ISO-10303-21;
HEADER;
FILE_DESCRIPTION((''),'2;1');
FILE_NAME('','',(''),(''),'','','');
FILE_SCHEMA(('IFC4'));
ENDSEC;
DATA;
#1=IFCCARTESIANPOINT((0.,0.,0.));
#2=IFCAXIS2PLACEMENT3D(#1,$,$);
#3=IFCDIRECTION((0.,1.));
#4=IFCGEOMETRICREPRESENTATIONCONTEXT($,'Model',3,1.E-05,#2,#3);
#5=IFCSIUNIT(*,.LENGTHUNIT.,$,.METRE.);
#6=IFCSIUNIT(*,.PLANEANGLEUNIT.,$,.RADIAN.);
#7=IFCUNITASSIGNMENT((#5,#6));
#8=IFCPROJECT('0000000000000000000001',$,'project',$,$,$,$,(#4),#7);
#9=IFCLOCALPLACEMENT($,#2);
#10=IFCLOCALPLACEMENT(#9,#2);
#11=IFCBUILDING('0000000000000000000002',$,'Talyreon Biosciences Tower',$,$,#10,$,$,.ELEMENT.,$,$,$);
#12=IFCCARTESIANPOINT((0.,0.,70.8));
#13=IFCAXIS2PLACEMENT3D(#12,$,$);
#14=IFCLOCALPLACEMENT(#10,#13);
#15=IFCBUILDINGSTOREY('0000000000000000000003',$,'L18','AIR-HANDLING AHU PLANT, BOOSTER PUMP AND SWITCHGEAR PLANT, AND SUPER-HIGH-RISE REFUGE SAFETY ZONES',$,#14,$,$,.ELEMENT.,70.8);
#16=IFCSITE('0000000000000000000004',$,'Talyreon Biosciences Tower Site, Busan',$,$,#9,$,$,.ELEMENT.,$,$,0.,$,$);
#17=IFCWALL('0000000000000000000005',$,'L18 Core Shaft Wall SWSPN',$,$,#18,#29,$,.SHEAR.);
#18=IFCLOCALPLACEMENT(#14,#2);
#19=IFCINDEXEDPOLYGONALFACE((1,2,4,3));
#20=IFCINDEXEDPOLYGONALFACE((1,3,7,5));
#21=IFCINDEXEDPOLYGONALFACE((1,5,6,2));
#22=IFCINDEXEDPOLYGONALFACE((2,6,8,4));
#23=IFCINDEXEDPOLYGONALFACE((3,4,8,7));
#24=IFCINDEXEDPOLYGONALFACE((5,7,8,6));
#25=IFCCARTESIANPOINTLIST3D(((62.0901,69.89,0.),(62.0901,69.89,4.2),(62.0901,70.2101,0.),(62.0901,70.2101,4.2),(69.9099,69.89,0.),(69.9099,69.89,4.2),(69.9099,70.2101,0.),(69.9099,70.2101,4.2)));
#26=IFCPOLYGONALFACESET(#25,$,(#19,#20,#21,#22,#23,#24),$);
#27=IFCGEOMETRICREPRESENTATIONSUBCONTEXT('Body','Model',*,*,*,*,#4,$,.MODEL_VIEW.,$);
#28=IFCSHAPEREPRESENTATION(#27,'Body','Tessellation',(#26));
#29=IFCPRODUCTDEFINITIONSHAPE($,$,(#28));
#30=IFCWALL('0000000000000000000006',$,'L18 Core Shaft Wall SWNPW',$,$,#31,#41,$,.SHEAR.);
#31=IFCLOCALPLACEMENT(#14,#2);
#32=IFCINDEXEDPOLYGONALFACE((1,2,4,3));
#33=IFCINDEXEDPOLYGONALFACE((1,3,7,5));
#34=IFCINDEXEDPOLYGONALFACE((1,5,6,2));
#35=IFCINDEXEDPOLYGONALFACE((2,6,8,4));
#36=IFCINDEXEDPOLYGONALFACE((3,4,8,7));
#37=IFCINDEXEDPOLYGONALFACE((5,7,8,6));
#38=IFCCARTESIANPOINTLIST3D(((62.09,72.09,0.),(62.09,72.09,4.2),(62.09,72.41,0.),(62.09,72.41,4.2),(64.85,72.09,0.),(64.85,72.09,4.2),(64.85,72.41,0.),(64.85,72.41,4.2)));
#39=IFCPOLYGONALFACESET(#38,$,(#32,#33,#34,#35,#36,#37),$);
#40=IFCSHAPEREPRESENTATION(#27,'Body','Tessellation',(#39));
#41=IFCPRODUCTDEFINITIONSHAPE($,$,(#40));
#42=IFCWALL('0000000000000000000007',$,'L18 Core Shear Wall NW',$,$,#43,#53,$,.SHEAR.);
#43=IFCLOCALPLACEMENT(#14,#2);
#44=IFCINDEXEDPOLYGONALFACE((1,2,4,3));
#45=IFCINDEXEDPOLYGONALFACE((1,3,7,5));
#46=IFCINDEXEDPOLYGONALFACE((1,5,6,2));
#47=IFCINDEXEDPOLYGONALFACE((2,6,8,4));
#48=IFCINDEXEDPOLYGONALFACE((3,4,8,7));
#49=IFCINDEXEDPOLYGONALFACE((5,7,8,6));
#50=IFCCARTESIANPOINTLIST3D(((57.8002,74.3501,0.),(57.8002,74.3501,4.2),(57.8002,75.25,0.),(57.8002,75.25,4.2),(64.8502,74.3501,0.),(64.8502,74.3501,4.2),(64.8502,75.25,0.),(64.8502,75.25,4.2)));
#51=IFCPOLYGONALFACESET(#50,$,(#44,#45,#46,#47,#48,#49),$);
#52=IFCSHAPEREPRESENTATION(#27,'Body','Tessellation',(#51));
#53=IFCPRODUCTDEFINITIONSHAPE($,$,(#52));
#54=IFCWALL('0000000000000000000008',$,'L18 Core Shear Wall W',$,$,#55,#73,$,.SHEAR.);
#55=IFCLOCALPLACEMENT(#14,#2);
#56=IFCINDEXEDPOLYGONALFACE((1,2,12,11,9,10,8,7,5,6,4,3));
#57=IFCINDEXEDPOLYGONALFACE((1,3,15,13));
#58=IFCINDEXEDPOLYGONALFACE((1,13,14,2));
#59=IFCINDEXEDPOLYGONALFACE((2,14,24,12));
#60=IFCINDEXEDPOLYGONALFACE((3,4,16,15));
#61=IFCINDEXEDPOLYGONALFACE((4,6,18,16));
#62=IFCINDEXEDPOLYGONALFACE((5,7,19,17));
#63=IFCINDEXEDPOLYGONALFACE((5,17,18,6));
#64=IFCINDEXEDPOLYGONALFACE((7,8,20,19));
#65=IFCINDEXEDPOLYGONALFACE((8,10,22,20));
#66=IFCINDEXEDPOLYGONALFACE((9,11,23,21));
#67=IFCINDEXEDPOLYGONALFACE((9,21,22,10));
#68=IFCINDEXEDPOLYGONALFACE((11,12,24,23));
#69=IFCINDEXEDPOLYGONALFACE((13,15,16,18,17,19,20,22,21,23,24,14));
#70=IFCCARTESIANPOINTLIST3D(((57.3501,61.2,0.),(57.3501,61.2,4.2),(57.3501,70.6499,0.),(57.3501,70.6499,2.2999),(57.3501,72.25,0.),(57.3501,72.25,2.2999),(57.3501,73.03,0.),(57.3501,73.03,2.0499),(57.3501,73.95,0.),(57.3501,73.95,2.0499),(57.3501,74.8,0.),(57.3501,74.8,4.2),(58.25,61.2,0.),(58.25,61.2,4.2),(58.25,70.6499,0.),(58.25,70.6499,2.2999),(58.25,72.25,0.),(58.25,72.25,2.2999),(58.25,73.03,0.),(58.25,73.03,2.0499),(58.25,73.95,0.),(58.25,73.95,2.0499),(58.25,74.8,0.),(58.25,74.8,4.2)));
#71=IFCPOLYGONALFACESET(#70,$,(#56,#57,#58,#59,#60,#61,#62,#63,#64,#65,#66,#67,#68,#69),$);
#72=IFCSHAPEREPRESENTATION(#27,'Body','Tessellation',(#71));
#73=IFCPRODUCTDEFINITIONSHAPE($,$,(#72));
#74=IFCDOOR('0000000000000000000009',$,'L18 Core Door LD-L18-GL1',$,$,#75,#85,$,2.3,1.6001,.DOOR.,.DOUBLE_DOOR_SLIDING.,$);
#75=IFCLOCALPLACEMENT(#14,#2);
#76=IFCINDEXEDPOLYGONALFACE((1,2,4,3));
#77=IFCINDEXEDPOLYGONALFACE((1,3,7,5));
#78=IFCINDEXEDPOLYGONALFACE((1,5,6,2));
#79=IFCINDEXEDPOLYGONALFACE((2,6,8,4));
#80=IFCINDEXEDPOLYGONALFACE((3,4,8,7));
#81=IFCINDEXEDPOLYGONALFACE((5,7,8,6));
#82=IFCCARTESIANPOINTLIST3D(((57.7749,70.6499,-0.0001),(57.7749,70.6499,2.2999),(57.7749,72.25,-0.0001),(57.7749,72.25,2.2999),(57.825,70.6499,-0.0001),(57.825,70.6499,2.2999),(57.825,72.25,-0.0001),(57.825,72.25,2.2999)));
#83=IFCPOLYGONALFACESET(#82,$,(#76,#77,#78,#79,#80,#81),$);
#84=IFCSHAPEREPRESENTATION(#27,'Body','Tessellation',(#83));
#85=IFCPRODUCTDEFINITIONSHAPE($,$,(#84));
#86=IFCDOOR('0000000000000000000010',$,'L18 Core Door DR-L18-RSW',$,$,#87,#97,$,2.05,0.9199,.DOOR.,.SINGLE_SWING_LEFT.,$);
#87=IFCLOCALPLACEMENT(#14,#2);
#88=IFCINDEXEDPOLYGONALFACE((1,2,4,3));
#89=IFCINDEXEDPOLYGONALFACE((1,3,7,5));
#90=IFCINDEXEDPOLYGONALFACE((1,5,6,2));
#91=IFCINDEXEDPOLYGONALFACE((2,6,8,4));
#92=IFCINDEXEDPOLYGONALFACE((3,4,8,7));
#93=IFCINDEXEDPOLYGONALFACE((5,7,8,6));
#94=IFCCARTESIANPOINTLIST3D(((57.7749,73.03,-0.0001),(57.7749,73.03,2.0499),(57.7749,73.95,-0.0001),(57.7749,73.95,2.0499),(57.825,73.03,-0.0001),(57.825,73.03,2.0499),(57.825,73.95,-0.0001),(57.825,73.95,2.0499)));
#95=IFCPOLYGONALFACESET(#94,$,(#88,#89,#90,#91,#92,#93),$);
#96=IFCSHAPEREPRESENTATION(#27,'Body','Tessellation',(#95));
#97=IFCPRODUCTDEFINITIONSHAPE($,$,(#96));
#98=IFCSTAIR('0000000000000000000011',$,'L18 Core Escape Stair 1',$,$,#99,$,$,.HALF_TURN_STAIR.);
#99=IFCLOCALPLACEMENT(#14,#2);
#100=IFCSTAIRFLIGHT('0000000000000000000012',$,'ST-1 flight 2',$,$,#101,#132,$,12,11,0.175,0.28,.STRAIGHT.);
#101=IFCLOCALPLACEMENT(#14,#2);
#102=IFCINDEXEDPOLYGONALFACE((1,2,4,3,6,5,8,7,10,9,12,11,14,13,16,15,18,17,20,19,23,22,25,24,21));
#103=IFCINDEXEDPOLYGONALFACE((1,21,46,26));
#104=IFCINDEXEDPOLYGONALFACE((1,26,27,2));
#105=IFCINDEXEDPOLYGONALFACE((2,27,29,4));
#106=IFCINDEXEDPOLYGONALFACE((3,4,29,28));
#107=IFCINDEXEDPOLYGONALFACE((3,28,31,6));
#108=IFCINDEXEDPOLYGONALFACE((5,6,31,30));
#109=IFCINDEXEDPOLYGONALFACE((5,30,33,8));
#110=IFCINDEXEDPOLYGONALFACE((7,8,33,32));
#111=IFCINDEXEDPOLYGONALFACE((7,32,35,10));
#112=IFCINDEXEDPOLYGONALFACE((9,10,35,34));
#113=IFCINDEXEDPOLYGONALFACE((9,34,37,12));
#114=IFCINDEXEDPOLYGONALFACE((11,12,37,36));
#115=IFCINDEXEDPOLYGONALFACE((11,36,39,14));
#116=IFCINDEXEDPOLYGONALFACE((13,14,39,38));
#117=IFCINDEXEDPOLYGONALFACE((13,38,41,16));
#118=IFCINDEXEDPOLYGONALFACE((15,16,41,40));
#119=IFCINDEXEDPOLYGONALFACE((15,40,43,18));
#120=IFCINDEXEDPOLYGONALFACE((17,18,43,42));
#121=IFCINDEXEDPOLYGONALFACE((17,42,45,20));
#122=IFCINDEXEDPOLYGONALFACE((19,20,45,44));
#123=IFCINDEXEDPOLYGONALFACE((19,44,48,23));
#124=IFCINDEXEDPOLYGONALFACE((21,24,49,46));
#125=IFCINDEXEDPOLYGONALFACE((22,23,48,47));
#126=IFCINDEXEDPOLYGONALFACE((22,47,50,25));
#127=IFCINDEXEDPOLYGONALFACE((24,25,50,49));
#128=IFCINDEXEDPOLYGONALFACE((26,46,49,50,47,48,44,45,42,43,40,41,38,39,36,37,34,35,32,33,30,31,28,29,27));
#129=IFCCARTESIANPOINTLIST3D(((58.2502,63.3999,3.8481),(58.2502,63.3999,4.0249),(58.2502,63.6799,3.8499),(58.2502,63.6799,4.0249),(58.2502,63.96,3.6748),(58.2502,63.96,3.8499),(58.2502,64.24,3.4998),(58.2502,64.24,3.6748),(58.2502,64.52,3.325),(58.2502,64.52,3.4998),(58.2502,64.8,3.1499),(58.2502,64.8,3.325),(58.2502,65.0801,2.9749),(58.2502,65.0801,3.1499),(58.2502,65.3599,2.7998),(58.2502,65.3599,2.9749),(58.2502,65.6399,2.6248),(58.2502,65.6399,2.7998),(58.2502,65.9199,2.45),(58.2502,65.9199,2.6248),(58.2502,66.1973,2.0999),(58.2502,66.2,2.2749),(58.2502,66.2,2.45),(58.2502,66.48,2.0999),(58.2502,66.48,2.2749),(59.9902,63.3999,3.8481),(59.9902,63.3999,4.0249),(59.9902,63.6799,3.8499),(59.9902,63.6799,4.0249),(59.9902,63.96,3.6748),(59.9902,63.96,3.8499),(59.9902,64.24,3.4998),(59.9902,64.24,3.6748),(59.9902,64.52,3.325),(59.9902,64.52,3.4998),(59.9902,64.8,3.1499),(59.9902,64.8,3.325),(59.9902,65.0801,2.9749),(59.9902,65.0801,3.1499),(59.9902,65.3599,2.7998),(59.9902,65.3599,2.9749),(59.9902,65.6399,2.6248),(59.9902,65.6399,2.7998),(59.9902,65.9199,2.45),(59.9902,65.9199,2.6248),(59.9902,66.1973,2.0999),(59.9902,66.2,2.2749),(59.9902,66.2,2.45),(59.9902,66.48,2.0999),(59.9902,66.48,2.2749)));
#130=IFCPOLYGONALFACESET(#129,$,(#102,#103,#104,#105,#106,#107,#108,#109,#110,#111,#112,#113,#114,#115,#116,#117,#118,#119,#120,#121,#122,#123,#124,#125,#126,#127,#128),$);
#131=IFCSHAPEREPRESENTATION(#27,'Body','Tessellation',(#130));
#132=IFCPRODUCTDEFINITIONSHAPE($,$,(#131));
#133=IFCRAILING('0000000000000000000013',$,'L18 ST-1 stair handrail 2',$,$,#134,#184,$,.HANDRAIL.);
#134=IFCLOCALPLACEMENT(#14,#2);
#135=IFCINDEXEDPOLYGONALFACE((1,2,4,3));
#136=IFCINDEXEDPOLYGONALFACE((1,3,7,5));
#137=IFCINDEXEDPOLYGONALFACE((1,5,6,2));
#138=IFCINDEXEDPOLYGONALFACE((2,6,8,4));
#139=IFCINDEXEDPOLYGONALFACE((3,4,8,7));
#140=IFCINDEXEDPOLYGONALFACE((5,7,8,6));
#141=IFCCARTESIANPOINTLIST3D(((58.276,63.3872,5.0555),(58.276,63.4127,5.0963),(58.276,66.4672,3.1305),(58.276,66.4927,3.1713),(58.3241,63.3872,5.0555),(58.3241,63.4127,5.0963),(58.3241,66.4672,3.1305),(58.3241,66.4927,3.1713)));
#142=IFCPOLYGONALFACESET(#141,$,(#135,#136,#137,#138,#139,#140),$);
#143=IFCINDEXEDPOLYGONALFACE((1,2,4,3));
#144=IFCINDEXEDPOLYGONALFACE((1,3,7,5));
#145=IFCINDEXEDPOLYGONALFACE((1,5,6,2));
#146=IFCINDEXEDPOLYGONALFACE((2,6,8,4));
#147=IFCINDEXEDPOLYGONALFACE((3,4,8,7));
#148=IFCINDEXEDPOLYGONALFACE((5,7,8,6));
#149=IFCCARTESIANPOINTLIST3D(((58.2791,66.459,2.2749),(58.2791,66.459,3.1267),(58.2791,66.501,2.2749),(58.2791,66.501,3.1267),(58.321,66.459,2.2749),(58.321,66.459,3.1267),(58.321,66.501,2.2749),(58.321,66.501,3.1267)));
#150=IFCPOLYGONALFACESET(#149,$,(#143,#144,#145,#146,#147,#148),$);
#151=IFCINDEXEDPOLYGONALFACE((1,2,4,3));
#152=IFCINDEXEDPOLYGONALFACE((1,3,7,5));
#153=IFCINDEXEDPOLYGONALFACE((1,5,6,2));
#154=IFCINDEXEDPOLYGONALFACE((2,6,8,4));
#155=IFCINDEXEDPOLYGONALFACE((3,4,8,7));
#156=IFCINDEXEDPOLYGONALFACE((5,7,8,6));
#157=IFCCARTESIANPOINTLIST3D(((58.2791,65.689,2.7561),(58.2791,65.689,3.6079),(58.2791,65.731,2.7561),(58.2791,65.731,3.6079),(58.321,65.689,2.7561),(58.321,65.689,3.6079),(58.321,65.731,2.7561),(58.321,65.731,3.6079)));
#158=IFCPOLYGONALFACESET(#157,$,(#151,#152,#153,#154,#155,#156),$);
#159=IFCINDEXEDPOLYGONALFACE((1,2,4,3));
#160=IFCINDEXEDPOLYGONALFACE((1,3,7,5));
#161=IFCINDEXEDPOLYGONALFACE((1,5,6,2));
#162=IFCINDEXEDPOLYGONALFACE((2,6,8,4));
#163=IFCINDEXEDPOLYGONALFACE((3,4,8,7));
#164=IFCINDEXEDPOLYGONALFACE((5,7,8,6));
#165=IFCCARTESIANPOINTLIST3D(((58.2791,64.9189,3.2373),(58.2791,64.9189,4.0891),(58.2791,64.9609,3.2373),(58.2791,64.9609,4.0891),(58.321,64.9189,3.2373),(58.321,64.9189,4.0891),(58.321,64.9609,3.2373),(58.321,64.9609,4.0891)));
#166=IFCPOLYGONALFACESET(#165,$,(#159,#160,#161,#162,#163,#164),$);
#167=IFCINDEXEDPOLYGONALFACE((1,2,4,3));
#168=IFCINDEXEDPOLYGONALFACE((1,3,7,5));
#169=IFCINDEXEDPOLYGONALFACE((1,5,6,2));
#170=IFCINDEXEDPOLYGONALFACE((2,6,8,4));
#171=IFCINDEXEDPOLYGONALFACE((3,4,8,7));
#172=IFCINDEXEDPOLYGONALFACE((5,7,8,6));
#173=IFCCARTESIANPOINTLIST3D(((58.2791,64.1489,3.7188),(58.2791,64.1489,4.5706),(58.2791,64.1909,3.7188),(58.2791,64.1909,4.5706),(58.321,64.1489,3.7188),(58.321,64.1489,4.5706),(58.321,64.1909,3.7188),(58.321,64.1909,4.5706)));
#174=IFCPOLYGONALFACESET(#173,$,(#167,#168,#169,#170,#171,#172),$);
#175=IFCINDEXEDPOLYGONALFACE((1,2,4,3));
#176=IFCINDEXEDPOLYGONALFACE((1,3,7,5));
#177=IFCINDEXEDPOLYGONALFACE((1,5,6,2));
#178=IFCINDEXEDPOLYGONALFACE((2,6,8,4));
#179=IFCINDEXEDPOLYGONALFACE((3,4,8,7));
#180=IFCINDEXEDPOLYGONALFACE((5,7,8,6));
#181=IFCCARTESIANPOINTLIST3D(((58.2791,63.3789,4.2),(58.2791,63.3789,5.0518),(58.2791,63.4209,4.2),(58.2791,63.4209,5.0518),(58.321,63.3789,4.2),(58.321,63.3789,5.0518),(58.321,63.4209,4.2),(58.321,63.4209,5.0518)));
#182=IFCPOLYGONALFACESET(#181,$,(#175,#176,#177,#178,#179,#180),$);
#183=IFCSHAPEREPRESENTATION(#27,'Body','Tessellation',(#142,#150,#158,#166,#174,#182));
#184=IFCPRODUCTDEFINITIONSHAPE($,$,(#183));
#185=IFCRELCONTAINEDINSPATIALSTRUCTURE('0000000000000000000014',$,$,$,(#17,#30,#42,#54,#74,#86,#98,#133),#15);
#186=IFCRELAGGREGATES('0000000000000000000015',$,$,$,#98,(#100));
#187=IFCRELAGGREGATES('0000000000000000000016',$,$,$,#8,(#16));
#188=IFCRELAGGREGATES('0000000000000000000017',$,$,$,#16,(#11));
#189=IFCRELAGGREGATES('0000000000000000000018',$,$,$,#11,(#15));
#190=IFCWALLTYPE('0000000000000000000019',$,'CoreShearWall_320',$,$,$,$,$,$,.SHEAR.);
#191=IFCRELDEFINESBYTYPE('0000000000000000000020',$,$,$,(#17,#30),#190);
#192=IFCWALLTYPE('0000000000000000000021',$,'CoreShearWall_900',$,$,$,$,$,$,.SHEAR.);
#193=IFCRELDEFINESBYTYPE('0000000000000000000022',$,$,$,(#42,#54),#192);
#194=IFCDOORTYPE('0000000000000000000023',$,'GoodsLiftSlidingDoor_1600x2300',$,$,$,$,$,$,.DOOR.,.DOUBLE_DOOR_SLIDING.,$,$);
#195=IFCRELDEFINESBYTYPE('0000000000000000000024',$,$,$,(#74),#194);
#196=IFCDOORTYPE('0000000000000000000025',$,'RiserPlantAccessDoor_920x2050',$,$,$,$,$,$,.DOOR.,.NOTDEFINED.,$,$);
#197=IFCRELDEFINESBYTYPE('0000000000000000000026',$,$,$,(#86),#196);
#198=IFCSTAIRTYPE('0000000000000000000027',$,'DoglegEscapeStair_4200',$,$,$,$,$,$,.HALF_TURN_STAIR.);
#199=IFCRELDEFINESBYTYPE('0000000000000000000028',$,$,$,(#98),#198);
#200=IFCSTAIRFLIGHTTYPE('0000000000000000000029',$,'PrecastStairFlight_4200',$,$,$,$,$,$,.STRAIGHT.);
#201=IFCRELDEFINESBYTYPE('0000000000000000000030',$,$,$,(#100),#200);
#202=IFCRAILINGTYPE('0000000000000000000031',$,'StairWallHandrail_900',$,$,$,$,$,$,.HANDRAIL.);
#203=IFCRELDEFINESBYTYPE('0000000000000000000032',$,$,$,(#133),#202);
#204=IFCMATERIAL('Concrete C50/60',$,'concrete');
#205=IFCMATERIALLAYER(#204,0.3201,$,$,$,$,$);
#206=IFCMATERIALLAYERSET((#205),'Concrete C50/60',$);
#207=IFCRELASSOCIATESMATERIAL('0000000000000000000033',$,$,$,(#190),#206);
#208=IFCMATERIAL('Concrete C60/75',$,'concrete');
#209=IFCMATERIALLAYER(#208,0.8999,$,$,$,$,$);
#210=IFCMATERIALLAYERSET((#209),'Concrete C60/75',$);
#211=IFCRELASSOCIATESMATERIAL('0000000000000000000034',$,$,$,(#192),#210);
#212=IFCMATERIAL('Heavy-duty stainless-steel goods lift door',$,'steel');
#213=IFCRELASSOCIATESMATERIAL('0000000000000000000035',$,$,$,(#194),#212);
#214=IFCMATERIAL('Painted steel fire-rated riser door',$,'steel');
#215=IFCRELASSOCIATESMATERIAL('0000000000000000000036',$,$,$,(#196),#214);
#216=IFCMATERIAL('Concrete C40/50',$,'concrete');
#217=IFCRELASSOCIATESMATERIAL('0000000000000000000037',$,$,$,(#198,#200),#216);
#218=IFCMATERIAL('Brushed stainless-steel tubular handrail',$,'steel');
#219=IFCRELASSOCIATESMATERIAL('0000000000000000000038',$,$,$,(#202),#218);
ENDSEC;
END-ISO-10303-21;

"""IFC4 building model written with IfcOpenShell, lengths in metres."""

from ifc_helpers import new_model, si_unit, direction, frame, frame_2d, origin, origin_2d, place, context, subcontext, project, spatial, polyline, rectangle, outline, extrude, material, layer, layer_set, type_object, element, fill, aggregate, save


model = new_model("IFC4")

# Units and contexts
model_context = context("Model", 3, precision=1e-05, world=origin(), true_north=direction((0.0, 1.0)))
body_context = subcontext(model_context, "Body", "Model", "MODEL_VIEW")
ifc_project = project(units=[si_unit("LENGTHUNIT", "METRE"), si_unit("PLANEANGLEUNIT", "RADIAN")], contexts=[model_context])

# Site, building, storey
site_placement = place(None, origin())
site = spatial("IfcSite", under=ifc_project, at=site_placement, Name="Talyreon Biosciences Tower Site, Busan", CompositionType="ELEMENT", RefElevation=0.0)
building_placement = place(site_placement, origin())
building = spatial("IfcBuilding", under=site, at=building_placement, Name="Talyreon Biosciences Tower", CompositionType="ELEMENT")
storey_placement = place(building_placement, frame((0.0, 0.0, 70.8)))
storey = spatial("IfcBuildingStorey", under=building, at=storey_placement, Name="L18", Description="AIR-HANDLING AHU PLANT, BOOSTER PUMP AND SWITCHGEAR PLANT, AND SUPER-HIGH-RISE REFUGE SAFETY ZONES", CompositionType="ELEMENT", Elevation=70.8)

# Shared definitions
ifc_material_1 = material(Name="Concrete C60/75", Category="concrete")

# Walls
ifc_material_2 = material(Name="Concrete C50/60", Category="concrete")
ifc_layer_1 = layer(ifc_material_2, 0.3201)
ifc_layer_set_1 = layer_set([ifc_layer_1], Name="Concrete C50/60")
wall_type_1 = type_object("IfcWallType", Name="CoreShearWall_320", PredefinedType="SHEAR", material=ifc_layer_set_1)
for number, where, z_axis, x_axis, name in (
    (1, (62.0901, 70.05, 0.0), (0.0, 0.0, 1.0), (1.0, 0.0, 0.0), "L18 Core Shaft Wall SWSPN"),
):
    element("IfcWall", number, at=place(storey_placement, frame(where, z_axis=z_axis, x_axis=x_axis)), inside=storey, type_object=wall_type_1, Name=name, PredefinedType="SHEAR", context=body_context, shape_type="SweptSolid", body=[
        extrude(rectangle(XDim=7.8198, YDim=0.3201, at=frame_2d((3.9099, 0.0))), origin(), (0.0, 0.0, 1.0), 4.2),
    ])
wall_1_placement = place(storey_placement, frame((62.0901, 72.25, 0.0), z_axis=(0.0, 0.0, 1.0), x_axis=(1.0, 0.0, 0.0)))
element("IfcWall", 2, at=wall_1_placement, inside=storey, type_object=wall_type_1, Name="L18 Core Shaft Wall SWNPW", PredefinedType="SHEAR", context=body_context, shape_type="SweptSolid", body=[
    extrude(rectangle(XDim=2.76, YDim=0.3201, at=frame_2d((1.3799, 0.0))), origin(), (0.0, 0.0, 1.0), 4.2),
])
ifc_layer_2 = layer(ifc_material_1, 0.8999)
ifc_layer_set_2 = layer_set([ifc_layer_2], Name="Concrete C60/75")
wall_type_2 = type_object("IfcWallType", Name="CoreShearWall_900", PredefinedType="SHEAR", material=ifc_layer_set_2)
wall_2_placement = place(storey_placement, frame((64.8501, 74.8, 0.0), z_axis=(0.0, 0.0, 1.0), x_axis=(-1.0, 0.0, 0.0)))
element("IfcWall", 3, at=wall_2_placement, inside=storey, type_object=wall_type_2, Name="L18 Core Shear Wall NW", PredefinedType="SHEAR", context=body_context, shape_type="SweptSolid", body=[
    extrude(rectangle(XDim=7.05, YDim=0.8999, at=frame_2d((3.5249, 0.0))), origin(), (0.0, 0.0, 1.0), 4.2),
])

# Wall, openings, doors
wall_3_placement = place(storey_placement, frame((57.8, 74.8, 0.0), z_axis=(0.0, 0.0, 1.0), x_axis=(0.0, -1.0, 0.0)))
wall_3 = element("IfcWall", 4, at=wall_3_placement, inside=storey, type_object=wall_type_2, Name="L18 Core Shear Wall W", PredefinedType="SHEAR", context=body_context, shape_type="SweptSolid", body=[
    extrude(rectangle(XDim=13.6001, YDim=0.8999, at=frame_2d((6.8, 0.0))), origin(), (0.0, 0.0, 1.0), 4.2),
])
opening_1_placement = place(wall_3_placement, frame((0.8501, 0.0, 0.0)))
opening_1 = element("IfcOpeningElement", 5, at=opening_1_placement, cuts=wall_3, PredefinedType="OPENING", context=body_context, shape_type="SweptSolid", body=[
    extrude(rectangle(XDim=0.9199, YDim=2.05, at=frame_2d((0.46, 1.0249))), frame((0.0, 0.46, 0.0), z_axis=(0.0, -1.0, 0.0), x_axis=(1.0, 0.0, 0.0)), (0.0, 0.0, 1.0), 0.9199),
])
opening_2_placement = place(wall_3_placement, frame((2.55, 0.0, 0.0)))
opening_2 = element("IfcOpeningElement", 6, at=opening_2_placement, cuts=wall_3, PredefinedType="OPENING", context=body_context, shape_type="SweptSolid", body=[
    extrude(rectangle(XDim=1.6001, YDim=2.3, at=frame_2d((0.8, 1.1499))), frame((0.0, 0.46, 0.0), z_axis=(0.0, -1.0, 0.0), x_axis=(1.0, 0.0, 0.0)), (0.0, 0.0, 1.0), 0.9199),
])
ifc_material_3 = material(Name="Heavy-duty stainless-steel goods lift door", Category="steel")
door_type_1 = type_object("IfcDoorType", Name="GoodsLiftSlidingDoor_1600x2300", OperationType="DOUBLE_DOOR_SLIDING", PredefinedType="DOOR", material=ifc_material_3)
door_1_placement = place(opening_2_placement, origin())
door_1 = element("IfcDoor", 7, at=door_1_placement, inside=storey, type_object=door_type_1, Name="L18 Core Door LD-L18-GL1", OperationType="DOUBLE_DOOR_SLIDING", OverallHeight=2.3, OverallWidth=1.6001, PredefinedType="DOOR", context=body_context, shape_type="SweptSolid", body=[
    extrude(rectangle(XDim=1.6001, YDim=2.3, at=frame_2d((0.8, 1.1499))), frame((0.0, 0.0249, 0.0), z_axis=(0.0, -1.0, 0.0), x_axis=(1.0, 0.0, 0.0)), (0.0, 0.0, 1.0), 0.05),
])
fill(opening_2, door_1)
ifc_material_4 = material(Name="Painted steel fire-rated riser door", Category="steel")
door_type_2 = type_object("IfcDoorType", Name="RiserPlantAccessDoor_920x2050", OperationType="NOTDEFINED", PredefinedType="DOOR", material=ifc_material_4)
door_2_placement = place(opening_1_placement, origin())
door_2 = element("IfcDoor", 8, at=door_2_placement, inside=storey, type_object=door_type_2, Name="L18 Core Door DR-L18-RSW", OperationType="SINGLE_SWING_LEFT", OverallHeight=2.05, OverallWidth=0.9199, PredefinedType="DOOR", context=body_context, shape_type="SweptSolid", body=[
    extrude(rectangle(XDim=0.9199, YDim=2.05, at=frame_2d((0.46, 1.0249))), frame((0.0, 0.0249, 0.0), z_axis=(0.0, -1.0, 0.0), x_axis=(1.0, 0.0, 0.0)), (0.0, 0.0, 1.0), 0.05),
])
fill(opening_1, door_2)

# Stair, stair flight
ifc_material_5 = material(Name="Concrete C40/50", Category="concrete")
stair_type = type_object("IfcStairType", Name="DoglegEscapeStair_4200", PredefinedType="HALF_TURN_STAIR", material=ifc_material_5)
stair_placement = place(storey_placement, origin())
stair = element("IfcStair", 9, at=stair_placement, inside=storey, type_object=stair_type, Name="L18 Core Escape Stair 1", PredefinedType="HALF_TURN_STAIR")
stair_flight_type = type_object("IfcStairFlightType", Name="PrecastStairFlight_4200", PredefinedType="STRAIGHT", material=ifc_material_5)
stair_flight_placement = place(storey_placement, frame((59.1201, 66.48, 2.0999), z_axis=(0.0, 0.0, 1.0), x_axis=(0.0, -1.0, 0.0)))
stair_flight = element("IfcStairFlight", 10, at=stair_flight_placement, type_object=stair_flight_type, Name="ST-1 flight 2", NumberOfRisers=12, NumberOfTreads=11, PredefinedType="STRAIGHT", RiserHeight=0.175, TreadLength=0.28, context=body_context, shape_type="SweptSolid", body=[
    extrude(outline(polyline([(0.0, 0.0), (0.0, 0.175), (0.28, 0.175), (0.28, 0.3501), (0.5601, 0.3501), (0.5601, 0.5249), (0.8401, 0.5249), (0.8401, 0.7), (1.1201, 0.7), (1.1201, 0.875), (1.3999, 0.875), (1.3999, 1.05), (1.6799, 1.05), (1.6799, 1.2251), (1.96, 1.2251), (1.96, 1.3999), (2.24, 1.3999), (2.24, 1.575), (2.52, 1.575), (2.52, 1.75), (2.8, 1.75), (2.8, 1.925), (3.0801, 1.925), (3.0801, 2.1001), (3.0801, 1.7483), (0.2827, 0.0), (0.0, 0.0)])), frame((0.0, 0.8701, 0.0), z_axis=(0.0, -1.0, 0.0), x_axis=(1.0, 0.0, 0.0)), (0.0, 0.0, 1.0), 1.74),
])
aggregate(stair, [stair_flight])

# Railing
ifc_material_6 = material(Name="Brushed stainless-steel tubular handrail", Category="steel")
railing_type_1 = type_object("IfcRailingType", Name="StairWallHandrail_900", PredefinedType="HANDRAIL", material=ifc_material_6)
railing_1_placement = place(storey_placement, frame((58.3, 66.48, 2.2749)))
element("IfcRailing", 11, at=railing_1_placement, inside=storey, type_object=railing_type_1, Name="L18 ST-1 stair handrail 2", PredefinedType="HANDRAIL", context=body_context, shape_type="SweptSolid", body=[
    extrude(rectangle(XDim=0.0481, YDim=0.0481, at=origin_2d()), frame((0.0, 0.0, 0.876), z_axis=(0.0, -0.847998, 0.529999), x_axis=(1.0, 0.0, 0.0)), (0.0, 0.0, 1.0), 3.6321),
    extrude(rectangle(XDim=0.042, YDim=0.042, at=origin_2d()), origin(), (0.0, 0.0, 1.0), 0.8518),
    extrude(rectangle(XDim=0.042, YDim=0.042, at=origin_2d()), frame((0.0, -0.77, 0.4812)), (0.0, 0.0, 1.0), 0.8518),
    extrude(rectangle(XDim=0.042, YDim=0.042, at=origin_2d()), frame((0.0, -1.54, 0.9624)), (0.0, 0.0, 1.0), 0.8518),
    extrude(rectangle(XDim=0.042, YDim=0.042, at=origin_2d()), frame((0.0, -2.3101, 1.4438)), (0.0, 0.0, 1.0), 0.8518),
    extrude(rectangle(XDim=0.042, YDim=0.042, at=origin_2d()), frame((0.0, -3.0801, 1.925)), (0.0, 0.0, 1.0), 0.8518),
])

save(model, "model.ifc")
